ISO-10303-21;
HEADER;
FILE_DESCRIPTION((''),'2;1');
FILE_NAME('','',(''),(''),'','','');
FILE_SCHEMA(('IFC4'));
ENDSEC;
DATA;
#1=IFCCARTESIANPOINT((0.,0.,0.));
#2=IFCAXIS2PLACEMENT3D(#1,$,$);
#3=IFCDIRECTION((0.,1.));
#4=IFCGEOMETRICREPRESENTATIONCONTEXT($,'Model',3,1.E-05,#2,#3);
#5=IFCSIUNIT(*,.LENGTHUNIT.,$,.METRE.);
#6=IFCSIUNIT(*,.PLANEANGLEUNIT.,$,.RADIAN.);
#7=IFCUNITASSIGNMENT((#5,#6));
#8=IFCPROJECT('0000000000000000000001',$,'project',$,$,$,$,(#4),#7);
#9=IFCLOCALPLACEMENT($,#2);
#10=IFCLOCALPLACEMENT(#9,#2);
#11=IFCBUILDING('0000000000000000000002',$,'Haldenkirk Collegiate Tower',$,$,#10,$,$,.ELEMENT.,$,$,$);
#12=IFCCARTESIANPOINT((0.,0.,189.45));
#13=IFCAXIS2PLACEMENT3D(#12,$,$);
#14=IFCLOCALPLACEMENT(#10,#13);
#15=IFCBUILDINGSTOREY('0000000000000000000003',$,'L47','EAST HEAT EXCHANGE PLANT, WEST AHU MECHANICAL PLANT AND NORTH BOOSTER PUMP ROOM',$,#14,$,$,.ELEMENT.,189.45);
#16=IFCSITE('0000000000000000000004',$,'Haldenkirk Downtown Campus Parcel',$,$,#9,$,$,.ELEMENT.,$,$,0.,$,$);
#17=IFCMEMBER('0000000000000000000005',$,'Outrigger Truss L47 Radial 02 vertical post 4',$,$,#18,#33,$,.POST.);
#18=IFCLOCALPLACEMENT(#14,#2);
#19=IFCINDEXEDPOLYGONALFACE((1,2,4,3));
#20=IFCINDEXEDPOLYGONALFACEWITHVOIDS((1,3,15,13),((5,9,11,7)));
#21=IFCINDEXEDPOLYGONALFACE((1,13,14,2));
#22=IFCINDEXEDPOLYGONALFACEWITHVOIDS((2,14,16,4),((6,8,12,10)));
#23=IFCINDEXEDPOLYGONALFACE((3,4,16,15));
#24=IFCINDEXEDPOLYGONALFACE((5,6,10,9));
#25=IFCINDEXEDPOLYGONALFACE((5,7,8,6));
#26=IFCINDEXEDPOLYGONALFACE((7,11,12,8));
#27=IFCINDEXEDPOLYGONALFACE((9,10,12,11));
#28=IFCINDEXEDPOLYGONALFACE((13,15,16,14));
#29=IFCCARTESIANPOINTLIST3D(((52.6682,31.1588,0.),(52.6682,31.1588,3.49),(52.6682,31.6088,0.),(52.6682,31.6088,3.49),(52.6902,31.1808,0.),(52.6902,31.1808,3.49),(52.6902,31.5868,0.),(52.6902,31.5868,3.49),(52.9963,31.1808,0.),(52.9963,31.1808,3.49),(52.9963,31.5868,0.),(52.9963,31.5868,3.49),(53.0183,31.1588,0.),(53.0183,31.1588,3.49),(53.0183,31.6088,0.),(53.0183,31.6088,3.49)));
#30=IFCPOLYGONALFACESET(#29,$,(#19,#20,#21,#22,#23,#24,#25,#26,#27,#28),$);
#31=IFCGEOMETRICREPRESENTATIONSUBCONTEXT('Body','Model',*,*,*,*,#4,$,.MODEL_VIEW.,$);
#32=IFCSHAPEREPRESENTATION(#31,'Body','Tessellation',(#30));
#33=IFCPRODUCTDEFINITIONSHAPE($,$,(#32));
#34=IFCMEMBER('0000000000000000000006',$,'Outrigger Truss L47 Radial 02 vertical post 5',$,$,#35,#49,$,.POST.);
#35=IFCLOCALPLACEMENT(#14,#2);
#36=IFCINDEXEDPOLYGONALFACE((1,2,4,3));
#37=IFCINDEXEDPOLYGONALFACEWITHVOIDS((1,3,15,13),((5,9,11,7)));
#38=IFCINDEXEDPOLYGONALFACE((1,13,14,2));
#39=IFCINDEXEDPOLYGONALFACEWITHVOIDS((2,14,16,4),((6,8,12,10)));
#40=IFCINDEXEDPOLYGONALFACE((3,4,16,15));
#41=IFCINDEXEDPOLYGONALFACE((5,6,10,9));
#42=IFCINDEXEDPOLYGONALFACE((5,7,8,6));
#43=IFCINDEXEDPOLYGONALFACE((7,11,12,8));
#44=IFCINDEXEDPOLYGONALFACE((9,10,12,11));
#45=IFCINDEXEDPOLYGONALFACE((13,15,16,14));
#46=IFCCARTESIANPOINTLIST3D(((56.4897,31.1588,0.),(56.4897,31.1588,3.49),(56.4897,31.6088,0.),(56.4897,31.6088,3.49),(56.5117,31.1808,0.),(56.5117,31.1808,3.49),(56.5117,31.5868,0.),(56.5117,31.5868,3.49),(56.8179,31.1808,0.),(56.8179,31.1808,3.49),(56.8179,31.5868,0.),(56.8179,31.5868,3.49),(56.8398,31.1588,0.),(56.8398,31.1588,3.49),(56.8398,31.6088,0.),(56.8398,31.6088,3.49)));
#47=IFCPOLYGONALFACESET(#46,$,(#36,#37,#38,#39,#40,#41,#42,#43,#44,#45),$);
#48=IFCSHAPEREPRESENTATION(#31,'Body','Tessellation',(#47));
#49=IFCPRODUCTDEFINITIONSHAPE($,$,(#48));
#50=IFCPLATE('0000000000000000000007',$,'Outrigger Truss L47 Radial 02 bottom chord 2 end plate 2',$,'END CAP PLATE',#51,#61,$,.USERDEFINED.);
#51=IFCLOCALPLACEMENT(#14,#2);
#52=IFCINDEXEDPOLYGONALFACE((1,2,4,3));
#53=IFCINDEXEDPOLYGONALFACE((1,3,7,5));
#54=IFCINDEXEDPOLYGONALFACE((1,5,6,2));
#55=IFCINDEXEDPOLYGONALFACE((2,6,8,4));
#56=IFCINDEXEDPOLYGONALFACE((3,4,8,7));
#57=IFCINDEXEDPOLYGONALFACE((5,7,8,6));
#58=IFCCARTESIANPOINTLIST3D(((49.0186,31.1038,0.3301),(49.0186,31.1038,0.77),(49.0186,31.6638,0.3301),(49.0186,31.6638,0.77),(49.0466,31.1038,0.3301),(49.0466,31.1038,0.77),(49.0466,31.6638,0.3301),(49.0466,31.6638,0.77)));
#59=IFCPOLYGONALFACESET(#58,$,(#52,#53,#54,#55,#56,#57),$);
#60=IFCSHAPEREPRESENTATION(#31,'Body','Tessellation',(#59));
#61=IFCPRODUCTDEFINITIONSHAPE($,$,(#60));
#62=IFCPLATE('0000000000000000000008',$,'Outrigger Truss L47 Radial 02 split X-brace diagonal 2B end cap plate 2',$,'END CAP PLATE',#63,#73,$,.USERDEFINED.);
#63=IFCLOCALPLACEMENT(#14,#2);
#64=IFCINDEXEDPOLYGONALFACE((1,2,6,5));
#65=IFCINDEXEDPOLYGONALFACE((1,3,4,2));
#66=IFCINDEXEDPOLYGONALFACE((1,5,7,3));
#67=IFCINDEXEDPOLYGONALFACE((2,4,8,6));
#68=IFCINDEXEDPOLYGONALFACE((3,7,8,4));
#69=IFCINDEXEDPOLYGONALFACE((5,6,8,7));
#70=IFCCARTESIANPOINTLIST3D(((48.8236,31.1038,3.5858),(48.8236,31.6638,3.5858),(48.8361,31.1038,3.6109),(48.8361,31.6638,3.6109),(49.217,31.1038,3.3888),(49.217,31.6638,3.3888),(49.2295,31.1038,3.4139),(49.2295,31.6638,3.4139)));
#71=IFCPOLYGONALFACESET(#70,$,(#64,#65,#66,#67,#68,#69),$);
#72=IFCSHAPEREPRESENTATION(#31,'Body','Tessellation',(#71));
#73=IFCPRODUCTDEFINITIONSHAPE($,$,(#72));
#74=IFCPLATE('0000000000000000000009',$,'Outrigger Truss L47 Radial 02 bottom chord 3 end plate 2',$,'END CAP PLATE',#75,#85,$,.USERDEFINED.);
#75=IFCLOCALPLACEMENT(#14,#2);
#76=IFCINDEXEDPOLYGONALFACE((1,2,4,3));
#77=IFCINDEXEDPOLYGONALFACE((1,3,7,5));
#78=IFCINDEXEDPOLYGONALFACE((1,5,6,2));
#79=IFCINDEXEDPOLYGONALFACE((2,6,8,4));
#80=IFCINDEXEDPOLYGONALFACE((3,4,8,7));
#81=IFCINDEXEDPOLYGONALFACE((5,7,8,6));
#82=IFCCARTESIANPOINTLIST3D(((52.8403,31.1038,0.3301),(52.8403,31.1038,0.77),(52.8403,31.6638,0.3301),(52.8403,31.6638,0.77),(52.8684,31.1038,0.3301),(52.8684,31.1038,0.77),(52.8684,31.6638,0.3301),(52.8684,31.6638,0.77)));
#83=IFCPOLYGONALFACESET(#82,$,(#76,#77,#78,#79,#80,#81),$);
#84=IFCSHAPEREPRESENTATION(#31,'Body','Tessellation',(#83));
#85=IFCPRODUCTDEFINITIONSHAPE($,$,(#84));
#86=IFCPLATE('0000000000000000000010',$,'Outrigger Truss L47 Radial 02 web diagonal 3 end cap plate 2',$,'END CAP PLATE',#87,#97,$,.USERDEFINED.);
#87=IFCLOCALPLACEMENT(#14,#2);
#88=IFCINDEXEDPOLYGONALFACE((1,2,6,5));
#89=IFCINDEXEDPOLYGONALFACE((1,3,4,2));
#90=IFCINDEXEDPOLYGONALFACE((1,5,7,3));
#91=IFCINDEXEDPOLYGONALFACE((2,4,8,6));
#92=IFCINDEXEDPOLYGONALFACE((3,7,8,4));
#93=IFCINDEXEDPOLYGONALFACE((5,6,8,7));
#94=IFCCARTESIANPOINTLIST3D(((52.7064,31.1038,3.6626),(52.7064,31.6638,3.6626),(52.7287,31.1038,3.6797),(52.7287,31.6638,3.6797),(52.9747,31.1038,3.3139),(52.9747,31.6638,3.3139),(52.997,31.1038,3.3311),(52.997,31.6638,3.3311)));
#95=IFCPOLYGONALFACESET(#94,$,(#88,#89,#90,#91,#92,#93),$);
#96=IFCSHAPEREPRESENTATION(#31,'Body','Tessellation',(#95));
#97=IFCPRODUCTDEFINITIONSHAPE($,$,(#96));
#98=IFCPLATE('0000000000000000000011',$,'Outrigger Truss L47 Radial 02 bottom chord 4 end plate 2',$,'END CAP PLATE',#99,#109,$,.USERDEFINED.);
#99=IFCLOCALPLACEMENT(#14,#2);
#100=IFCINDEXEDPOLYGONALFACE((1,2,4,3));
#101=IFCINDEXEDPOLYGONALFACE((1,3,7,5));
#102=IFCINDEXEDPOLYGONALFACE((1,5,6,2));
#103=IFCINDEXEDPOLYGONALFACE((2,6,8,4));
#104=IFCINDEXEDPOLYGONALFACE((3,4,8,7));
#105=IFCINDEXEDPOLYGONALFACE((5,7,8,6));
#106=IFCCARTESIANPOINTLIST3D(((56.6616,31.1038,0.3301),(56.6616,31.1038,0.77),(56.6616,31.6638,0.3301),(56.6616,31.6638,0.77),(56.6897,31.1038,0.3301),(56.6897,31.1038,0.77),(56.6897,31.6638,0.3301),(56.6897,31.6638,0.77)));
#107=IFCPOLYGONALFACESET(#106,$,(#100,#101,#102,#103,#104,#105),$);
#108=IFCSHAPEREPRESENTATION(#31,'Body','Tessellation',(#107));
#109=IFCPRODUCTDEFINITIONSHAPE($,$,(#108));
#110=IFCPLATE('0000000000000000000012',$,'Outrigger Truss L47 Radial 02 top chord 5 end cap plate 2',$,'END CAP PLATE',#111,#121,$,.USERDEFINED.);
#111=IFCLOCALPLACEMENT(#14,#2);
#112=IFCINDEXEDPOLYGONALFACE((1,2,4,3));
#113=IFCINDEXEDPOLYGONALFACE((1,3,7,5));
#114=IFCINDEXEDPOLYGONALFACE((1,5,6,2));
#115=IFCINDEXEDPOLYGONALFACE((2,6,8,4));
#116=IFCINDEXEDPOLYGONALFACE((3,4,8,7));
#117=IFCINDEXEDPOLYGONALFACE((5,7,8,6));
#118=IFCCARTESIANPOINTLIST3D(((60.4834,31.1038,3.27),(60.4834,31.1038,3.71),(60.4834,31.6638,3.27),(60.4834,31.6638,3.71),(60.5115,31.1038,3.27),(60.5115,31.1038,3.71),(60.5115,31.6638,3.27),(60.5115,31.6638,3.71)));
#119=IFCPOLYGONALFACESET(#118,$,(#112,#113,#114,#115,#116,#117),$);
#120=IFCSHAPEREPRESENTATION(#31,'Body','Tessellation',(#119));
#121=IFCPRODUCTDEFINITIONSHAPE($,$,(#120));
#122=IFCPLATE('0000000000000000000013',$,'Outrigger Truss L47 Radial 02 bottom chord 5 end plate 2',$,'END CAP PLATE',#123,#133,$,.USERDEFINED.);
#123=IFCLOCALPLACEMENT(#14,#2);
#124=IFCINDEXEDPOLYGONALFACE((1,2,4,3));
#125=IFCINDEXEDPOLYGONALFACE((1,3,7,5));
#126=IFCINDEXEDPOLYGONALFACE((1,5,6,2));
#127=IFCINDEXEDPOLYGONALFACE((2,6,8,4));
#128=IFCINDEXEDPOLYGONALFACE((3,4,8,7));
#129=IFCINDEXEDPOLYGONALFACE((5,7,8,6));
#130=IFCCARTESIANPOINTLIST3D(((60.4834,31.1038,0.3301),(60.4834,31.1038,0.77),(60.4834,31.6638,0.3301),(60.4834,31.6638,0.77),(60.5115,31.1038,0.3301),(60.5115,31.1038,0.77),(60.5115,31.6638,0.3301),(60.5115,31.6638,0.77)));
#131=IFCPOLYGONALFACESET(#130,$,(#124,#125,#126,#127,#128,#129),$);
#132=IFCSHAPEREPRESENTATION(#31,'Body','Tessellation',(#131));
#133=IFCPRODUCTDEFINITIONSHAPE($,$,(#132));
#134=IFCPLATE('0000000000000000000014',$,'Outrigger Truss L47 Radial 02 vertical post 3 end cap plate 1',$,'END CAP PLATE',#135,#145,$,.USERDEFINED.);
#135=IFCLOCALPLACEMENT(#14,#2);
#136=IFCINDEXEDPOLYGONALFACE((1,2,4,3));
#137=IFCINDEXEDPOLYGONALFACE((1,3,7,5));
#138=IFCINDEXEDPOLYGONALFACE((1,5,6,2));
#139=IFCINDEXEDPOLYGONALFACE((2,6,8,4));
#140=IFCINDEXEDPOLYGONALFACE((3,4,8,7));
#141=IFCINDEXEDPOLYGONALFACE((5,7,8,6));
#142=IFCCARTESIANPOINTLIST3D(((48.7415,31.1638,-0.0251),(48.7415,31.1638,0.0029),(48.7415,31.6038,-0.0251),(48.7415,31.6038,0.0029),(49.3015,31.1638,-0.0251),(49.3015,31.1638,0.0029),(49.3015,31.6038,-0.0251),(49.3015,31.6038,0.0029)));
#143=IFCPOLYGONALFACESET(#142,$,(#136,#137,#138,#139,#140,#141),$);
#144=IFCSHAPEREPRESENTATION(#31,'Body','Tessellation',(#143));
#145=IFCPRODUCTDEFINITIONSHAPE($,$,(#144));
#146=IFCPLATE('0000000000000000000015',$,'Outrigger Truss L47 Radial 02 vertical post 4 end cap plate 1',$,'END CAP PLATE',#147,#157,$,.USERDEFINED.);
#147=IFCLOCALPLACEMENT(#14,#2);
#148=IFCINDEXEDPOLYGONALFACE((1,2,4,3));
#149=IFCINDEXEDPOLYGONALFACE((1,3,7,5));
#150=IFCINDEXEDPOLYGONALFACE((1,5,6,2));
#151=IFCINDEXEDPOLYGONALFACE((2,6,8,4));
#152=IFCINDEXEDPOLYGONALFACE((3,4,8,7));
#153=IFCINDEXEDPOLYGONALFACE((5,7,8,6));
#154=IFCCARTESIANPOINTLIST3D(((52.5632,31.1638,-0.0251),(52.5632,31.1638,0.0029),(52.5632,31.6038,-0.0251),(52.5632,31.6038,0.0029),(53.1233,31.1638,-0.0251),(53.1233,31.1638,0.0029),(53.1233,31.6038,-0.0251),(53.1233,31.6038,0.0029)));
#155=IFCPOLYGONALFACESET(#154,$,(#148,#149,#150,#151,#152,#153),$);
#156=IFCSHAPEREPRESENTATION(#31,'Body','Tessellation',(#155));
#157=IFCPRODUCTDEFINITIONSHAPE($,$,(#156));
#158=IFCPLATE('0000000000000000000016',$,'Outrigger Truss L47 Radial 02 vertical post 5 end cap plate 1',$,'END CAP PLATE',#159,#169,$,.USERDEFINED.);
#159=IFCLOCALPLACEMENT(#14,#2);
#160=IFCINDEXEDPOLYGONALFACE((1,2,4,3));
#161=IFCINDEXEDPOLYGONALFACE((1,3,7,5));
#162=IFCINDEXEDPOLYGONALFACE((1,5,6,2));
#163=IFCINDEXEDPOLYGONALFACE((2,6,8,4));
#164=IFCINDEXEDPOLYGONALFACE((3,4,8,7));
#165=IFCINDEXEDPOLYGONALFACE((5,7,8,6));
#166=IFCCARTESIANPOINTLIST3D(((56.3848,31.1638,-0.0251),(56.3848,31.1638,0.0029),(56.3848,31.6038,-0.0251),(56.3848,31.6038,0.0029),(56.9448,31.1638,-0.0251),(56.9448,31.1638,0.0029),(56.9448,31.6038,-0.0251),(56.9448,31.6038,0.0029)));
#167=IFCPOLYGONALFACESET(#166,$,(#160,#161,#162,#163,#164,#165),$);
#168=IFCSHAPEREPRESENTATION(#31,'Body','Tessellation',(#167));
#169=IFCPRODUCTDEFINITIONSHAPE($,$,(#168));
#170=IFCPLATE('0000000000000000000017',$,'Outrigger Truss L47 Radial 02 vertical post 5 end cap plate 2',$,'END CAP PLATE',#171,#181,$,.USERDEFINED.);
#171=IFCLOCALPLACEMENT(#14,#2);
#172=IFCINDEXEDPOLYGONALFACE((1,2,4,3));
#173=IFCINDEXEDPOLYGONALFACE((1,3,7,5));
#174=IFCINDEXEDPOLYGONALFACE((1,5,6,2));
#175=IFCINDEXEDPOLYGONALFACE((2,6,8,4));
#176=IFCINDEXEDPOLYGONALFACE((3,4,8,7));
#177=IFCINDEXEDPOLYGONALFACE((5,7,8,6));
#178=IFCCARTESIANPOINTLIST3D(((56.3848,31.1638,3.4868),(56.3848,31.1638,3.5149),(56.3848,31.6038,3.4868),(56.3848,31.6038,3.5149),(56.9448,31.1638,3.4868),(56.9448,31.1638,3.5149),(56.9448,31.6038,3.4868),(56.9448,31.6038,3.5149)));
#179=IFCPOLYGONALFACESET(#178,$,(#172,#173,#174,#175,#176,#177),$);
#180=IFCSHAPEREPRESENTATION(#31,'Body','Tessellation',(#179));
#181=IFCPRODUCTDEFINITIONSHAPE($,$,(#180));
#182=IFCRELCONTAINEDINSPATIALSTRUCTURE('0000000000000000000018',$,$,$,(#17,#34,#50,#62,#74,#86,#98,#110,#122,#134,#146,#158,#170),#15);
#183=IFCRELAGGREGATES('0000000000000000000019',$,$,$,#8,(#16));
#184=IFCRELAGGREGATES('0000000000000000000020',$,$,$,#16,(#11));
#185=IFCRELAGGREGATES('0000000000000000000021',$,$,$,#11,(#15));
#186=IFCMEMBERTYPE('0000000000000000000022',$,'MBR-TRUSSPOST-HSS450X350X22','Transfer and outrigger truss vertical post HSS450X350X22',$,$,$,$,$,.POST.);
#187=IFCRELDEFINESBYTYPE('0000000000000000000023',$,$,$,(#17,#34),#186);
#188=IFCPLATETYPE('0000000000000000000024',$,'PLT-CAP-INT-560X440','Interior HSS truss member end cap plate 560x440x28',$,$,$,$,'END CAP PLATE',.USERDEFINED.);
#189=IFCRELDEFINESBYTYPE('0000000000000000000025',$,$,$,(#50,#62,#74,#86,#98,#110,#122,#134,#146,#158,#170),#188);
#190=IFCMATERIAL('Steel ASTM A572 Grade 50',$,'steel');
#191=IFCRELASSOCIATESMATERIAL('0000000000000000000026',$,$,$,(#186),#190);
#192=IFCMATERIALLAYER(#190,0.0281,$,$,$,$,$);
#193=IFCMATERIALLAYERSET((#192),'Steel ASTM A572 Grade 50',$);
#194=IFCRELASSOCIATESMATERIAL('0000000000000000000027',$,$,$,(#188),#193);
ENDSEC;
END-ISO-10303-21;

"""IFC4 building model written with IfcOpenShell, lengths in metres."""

from ifc_helpers import new_model, si_unit, direction, frame, origin, origin_2d, place, context, subcontext, project, spatial, rectangle, hollow_rectangle, extrude, source, transform, mapped, material, layer, layer_set, material_profile, profile_set, type_object, element, save


model = new_model("IFC4")

# Units and contexts
model_context = context("Model", 3, precision=1e-05, world=origin(), true_north=direction((0.0, 1.0)))
body_context = subcontext(model_context, "Body", "Model", "MODEL_VIEW")
ifc_project = project(units=[si_unit("LENGTHUNIT", "METRE"), si_unit("PLANEANGLEUNIT", "RADIAN")], contexts=[model_context])

# Site, building, storey
site_placement = place(None, origin())
site = spatial("IfcSite", under=ifc_project, at=site_placement, Name="Haldenkirk Downtown Campus Parcel", CompositionType="ELEMENT", RefElevation=0.0)
building_placement = place(site_placement, origin())
building = spatial("IfcBuilding", under=site, at=building_placement, Name="Haldenkirk Collegiate Tower", CompositionType="ELEMENT")
storey_placement = place(building_placement, frame((0.0, 0.0, 189.45)))
storey = spatial("IfcBuildingStorey", under=building, at=storey_placement, Name="L47", Description="EAST HEAT EXCHANGE PLANT, WEST AHU MECHANICAL PLANT AND NORTH BOOSTER PUMP ROOM", CompositionType="ELEMENT", Elevation=189.45)

# Members
ifc_material_1 = material(Name="Steel ASTM A572 Grade 50", Category="steel")
ifc_material_profile_1 = material_profile(ifc_material_1, hollow_rectangle(XDim=0.3501, YDim=0.45, WallThickness=0.022, at=origin_2d()), Name="HSS450X350X22")
ifc_profile_set_1 = profile_set([ifc_material_profile_1], Name="Steel ASTM A572 Grade 50")
member_type_1 = type_object("IfcMemberType", Name="MBR-TRUSSPOST-HSS450X350X22", Description="Transfer and outrigger truss vertical post HSS450X350X22", PredefinedType="POST", material=ifc_profile_set_1)
for number, where, z_axis, x_axis, name in (
    (1, (52.8433, 31.3838, 0.0), (0.0, 0.0, 1.0), (1.0, 0.0, 0.0), "Outrigger Truss L47 Radial 02 vertical post 4"),
    (2, (56.6648, 31.3838, 0.0), (0.0, 0.0, 1.0), (1.0, 0.0, 0.0), "Outrigger Truss L47 Radial 02 vertical post 5"),
):
    element("IfcMember", number, at=place(storey_placement, frame(where, z_axis=z_axis, x_axis=x_axis)), inside=storey, type_object=member_type_1, Name=name, PredefinedType="POST", context=body_context, shape_type="SweptSolid", body=[
        extrude(hollow_rectangle(XDim=0.3501, YDim=0.45, WallThickness=0.022, at=origin_2d()), origin(), (0.0, 0.0, 1.0), 3.49),
    ])

# Plates
ifc_layer = layer(ifc_material_1, 0.0281)
ifc_layer_set = layer_set([ifc_layer], Name="Steel ASTM A572 Grade 50")
plate_type = type_object("IfcPlateType", Name="PLT-CAP-INT-560X440", Description="Interior HSS truss member end cap plate 560x440x28", ElementType="END CAP PLATE", PredefinedType="USERDEFINED", material=ifc_layer_set)
shared_shape = source(origin(), body_context, "Body", "SweptSolid", [
    extrude(rectangle(XDim=0.5601, YDim=0.4399, at=origin_2d()), origin(), (0.0, 0.0, 1.0), 0.0281),
])
for number, where, z_axis, x_axis, name in (
    (3, (49.0186, 31.3838, 0.55), (1.0, 0.0, 0.0), (0.0, 1.0, 0.0), "Outrigger Truss L47 Radial 02 bottom chord 2 end plate 2"),
    (4, (49.0203, 31.3838, 3.4873), (0.447612, 0.0, 0.894228), (0.0, 1.0, 0.0), "Outrigger Truss L47 Radial 02 split X-brace diagonal 2B end cap plate 2"),
    (5, (52.8403, 31.3838, 0.55), (1.0, 0.0, 0.0), (0.0, 1.0, 0.0), "Outrigger Truss L47 Radial 02 bottom chord 3 end plate 2"),
    (6, (52.8406, 31.3838, 3.4883), (0.792593, 0.0, 0.609751), (0.0, 1.0, 0.0), "Outrigger Truss L47 Radial 02 web diagonal 3 end cap plate 2"),
    (7, (56.6616, 31.3838, 0.55), (1.0, 0.0, 0.0), (0.0, 1.0, 0.0), "Outrigger Truss L47 Radial 02 bottom chord 4 end plate 2"),
    (8, (60.4834, 31.3838, 3.49), (1.0, 0.0, 0.0), (0.0, 1.0, 0.0), "Outrigger Truss L47 Radial 02 top chord 5 end cap plate 2"),
    (9, (60.4834, 31.3838, 0.55), (1.0, 0.0, 0.0), (0.0, 1.0, 0.0), "Outrigger Truss L47 Radial 02 bottom chord 5 end plate 2"),
    (10, (49.0215, 31.3838, 0.0029), (0.0, 0.0, -1.0), (1.0, 0.0, 0.0), "Outrigger Truss L47 Radial 02 vertical post 3 end cap plate 1"),
    (11, (52.8433, 31.3838, 0.0029), (0.0, 0.0, -1.0), (1.0, 0.0, 0.0), "Outrigger Truss L47 Radial 02 vertical post 4 end cap plate 1"),
    (12, (56.6648, 31.3838, 0.0029), (0.0, 0.0, -1.0), (1.0, 0.0, 0.0), "Outrigger Truss L47 Radial 02 vertical post 5 end cap plate 1"),
    (13, (56.6648, 31.3838, 3.4868), (0.0, 0.0, 1.0), (1.0, 0.0, 0.0), "Outrigger Truss L47 Radial 02 vertical post 5 end cap plate 2"),
):
    element("IfcPlate", number, at=place(storey_placement, frame(where, z_axis=z_axis, x_axis=x_axis)), inside=storey, type_object=plate_type, Name=name, ObjectType="END CAP PLATE", PredefinedType="USERDEFINED", context=body_context, shape_type="MappedRepresentation", body=[
        mapped(shared_shape, transform((0.0, 0.0, 0.0), x_axis=(1.0, 0.0, 0.0), y_axis=(0.0, 1.0, 0.0), z_axis=(0.0, 0.0, 1.0), scale=1.0)),
    ])

save(model, "model.ifc")
